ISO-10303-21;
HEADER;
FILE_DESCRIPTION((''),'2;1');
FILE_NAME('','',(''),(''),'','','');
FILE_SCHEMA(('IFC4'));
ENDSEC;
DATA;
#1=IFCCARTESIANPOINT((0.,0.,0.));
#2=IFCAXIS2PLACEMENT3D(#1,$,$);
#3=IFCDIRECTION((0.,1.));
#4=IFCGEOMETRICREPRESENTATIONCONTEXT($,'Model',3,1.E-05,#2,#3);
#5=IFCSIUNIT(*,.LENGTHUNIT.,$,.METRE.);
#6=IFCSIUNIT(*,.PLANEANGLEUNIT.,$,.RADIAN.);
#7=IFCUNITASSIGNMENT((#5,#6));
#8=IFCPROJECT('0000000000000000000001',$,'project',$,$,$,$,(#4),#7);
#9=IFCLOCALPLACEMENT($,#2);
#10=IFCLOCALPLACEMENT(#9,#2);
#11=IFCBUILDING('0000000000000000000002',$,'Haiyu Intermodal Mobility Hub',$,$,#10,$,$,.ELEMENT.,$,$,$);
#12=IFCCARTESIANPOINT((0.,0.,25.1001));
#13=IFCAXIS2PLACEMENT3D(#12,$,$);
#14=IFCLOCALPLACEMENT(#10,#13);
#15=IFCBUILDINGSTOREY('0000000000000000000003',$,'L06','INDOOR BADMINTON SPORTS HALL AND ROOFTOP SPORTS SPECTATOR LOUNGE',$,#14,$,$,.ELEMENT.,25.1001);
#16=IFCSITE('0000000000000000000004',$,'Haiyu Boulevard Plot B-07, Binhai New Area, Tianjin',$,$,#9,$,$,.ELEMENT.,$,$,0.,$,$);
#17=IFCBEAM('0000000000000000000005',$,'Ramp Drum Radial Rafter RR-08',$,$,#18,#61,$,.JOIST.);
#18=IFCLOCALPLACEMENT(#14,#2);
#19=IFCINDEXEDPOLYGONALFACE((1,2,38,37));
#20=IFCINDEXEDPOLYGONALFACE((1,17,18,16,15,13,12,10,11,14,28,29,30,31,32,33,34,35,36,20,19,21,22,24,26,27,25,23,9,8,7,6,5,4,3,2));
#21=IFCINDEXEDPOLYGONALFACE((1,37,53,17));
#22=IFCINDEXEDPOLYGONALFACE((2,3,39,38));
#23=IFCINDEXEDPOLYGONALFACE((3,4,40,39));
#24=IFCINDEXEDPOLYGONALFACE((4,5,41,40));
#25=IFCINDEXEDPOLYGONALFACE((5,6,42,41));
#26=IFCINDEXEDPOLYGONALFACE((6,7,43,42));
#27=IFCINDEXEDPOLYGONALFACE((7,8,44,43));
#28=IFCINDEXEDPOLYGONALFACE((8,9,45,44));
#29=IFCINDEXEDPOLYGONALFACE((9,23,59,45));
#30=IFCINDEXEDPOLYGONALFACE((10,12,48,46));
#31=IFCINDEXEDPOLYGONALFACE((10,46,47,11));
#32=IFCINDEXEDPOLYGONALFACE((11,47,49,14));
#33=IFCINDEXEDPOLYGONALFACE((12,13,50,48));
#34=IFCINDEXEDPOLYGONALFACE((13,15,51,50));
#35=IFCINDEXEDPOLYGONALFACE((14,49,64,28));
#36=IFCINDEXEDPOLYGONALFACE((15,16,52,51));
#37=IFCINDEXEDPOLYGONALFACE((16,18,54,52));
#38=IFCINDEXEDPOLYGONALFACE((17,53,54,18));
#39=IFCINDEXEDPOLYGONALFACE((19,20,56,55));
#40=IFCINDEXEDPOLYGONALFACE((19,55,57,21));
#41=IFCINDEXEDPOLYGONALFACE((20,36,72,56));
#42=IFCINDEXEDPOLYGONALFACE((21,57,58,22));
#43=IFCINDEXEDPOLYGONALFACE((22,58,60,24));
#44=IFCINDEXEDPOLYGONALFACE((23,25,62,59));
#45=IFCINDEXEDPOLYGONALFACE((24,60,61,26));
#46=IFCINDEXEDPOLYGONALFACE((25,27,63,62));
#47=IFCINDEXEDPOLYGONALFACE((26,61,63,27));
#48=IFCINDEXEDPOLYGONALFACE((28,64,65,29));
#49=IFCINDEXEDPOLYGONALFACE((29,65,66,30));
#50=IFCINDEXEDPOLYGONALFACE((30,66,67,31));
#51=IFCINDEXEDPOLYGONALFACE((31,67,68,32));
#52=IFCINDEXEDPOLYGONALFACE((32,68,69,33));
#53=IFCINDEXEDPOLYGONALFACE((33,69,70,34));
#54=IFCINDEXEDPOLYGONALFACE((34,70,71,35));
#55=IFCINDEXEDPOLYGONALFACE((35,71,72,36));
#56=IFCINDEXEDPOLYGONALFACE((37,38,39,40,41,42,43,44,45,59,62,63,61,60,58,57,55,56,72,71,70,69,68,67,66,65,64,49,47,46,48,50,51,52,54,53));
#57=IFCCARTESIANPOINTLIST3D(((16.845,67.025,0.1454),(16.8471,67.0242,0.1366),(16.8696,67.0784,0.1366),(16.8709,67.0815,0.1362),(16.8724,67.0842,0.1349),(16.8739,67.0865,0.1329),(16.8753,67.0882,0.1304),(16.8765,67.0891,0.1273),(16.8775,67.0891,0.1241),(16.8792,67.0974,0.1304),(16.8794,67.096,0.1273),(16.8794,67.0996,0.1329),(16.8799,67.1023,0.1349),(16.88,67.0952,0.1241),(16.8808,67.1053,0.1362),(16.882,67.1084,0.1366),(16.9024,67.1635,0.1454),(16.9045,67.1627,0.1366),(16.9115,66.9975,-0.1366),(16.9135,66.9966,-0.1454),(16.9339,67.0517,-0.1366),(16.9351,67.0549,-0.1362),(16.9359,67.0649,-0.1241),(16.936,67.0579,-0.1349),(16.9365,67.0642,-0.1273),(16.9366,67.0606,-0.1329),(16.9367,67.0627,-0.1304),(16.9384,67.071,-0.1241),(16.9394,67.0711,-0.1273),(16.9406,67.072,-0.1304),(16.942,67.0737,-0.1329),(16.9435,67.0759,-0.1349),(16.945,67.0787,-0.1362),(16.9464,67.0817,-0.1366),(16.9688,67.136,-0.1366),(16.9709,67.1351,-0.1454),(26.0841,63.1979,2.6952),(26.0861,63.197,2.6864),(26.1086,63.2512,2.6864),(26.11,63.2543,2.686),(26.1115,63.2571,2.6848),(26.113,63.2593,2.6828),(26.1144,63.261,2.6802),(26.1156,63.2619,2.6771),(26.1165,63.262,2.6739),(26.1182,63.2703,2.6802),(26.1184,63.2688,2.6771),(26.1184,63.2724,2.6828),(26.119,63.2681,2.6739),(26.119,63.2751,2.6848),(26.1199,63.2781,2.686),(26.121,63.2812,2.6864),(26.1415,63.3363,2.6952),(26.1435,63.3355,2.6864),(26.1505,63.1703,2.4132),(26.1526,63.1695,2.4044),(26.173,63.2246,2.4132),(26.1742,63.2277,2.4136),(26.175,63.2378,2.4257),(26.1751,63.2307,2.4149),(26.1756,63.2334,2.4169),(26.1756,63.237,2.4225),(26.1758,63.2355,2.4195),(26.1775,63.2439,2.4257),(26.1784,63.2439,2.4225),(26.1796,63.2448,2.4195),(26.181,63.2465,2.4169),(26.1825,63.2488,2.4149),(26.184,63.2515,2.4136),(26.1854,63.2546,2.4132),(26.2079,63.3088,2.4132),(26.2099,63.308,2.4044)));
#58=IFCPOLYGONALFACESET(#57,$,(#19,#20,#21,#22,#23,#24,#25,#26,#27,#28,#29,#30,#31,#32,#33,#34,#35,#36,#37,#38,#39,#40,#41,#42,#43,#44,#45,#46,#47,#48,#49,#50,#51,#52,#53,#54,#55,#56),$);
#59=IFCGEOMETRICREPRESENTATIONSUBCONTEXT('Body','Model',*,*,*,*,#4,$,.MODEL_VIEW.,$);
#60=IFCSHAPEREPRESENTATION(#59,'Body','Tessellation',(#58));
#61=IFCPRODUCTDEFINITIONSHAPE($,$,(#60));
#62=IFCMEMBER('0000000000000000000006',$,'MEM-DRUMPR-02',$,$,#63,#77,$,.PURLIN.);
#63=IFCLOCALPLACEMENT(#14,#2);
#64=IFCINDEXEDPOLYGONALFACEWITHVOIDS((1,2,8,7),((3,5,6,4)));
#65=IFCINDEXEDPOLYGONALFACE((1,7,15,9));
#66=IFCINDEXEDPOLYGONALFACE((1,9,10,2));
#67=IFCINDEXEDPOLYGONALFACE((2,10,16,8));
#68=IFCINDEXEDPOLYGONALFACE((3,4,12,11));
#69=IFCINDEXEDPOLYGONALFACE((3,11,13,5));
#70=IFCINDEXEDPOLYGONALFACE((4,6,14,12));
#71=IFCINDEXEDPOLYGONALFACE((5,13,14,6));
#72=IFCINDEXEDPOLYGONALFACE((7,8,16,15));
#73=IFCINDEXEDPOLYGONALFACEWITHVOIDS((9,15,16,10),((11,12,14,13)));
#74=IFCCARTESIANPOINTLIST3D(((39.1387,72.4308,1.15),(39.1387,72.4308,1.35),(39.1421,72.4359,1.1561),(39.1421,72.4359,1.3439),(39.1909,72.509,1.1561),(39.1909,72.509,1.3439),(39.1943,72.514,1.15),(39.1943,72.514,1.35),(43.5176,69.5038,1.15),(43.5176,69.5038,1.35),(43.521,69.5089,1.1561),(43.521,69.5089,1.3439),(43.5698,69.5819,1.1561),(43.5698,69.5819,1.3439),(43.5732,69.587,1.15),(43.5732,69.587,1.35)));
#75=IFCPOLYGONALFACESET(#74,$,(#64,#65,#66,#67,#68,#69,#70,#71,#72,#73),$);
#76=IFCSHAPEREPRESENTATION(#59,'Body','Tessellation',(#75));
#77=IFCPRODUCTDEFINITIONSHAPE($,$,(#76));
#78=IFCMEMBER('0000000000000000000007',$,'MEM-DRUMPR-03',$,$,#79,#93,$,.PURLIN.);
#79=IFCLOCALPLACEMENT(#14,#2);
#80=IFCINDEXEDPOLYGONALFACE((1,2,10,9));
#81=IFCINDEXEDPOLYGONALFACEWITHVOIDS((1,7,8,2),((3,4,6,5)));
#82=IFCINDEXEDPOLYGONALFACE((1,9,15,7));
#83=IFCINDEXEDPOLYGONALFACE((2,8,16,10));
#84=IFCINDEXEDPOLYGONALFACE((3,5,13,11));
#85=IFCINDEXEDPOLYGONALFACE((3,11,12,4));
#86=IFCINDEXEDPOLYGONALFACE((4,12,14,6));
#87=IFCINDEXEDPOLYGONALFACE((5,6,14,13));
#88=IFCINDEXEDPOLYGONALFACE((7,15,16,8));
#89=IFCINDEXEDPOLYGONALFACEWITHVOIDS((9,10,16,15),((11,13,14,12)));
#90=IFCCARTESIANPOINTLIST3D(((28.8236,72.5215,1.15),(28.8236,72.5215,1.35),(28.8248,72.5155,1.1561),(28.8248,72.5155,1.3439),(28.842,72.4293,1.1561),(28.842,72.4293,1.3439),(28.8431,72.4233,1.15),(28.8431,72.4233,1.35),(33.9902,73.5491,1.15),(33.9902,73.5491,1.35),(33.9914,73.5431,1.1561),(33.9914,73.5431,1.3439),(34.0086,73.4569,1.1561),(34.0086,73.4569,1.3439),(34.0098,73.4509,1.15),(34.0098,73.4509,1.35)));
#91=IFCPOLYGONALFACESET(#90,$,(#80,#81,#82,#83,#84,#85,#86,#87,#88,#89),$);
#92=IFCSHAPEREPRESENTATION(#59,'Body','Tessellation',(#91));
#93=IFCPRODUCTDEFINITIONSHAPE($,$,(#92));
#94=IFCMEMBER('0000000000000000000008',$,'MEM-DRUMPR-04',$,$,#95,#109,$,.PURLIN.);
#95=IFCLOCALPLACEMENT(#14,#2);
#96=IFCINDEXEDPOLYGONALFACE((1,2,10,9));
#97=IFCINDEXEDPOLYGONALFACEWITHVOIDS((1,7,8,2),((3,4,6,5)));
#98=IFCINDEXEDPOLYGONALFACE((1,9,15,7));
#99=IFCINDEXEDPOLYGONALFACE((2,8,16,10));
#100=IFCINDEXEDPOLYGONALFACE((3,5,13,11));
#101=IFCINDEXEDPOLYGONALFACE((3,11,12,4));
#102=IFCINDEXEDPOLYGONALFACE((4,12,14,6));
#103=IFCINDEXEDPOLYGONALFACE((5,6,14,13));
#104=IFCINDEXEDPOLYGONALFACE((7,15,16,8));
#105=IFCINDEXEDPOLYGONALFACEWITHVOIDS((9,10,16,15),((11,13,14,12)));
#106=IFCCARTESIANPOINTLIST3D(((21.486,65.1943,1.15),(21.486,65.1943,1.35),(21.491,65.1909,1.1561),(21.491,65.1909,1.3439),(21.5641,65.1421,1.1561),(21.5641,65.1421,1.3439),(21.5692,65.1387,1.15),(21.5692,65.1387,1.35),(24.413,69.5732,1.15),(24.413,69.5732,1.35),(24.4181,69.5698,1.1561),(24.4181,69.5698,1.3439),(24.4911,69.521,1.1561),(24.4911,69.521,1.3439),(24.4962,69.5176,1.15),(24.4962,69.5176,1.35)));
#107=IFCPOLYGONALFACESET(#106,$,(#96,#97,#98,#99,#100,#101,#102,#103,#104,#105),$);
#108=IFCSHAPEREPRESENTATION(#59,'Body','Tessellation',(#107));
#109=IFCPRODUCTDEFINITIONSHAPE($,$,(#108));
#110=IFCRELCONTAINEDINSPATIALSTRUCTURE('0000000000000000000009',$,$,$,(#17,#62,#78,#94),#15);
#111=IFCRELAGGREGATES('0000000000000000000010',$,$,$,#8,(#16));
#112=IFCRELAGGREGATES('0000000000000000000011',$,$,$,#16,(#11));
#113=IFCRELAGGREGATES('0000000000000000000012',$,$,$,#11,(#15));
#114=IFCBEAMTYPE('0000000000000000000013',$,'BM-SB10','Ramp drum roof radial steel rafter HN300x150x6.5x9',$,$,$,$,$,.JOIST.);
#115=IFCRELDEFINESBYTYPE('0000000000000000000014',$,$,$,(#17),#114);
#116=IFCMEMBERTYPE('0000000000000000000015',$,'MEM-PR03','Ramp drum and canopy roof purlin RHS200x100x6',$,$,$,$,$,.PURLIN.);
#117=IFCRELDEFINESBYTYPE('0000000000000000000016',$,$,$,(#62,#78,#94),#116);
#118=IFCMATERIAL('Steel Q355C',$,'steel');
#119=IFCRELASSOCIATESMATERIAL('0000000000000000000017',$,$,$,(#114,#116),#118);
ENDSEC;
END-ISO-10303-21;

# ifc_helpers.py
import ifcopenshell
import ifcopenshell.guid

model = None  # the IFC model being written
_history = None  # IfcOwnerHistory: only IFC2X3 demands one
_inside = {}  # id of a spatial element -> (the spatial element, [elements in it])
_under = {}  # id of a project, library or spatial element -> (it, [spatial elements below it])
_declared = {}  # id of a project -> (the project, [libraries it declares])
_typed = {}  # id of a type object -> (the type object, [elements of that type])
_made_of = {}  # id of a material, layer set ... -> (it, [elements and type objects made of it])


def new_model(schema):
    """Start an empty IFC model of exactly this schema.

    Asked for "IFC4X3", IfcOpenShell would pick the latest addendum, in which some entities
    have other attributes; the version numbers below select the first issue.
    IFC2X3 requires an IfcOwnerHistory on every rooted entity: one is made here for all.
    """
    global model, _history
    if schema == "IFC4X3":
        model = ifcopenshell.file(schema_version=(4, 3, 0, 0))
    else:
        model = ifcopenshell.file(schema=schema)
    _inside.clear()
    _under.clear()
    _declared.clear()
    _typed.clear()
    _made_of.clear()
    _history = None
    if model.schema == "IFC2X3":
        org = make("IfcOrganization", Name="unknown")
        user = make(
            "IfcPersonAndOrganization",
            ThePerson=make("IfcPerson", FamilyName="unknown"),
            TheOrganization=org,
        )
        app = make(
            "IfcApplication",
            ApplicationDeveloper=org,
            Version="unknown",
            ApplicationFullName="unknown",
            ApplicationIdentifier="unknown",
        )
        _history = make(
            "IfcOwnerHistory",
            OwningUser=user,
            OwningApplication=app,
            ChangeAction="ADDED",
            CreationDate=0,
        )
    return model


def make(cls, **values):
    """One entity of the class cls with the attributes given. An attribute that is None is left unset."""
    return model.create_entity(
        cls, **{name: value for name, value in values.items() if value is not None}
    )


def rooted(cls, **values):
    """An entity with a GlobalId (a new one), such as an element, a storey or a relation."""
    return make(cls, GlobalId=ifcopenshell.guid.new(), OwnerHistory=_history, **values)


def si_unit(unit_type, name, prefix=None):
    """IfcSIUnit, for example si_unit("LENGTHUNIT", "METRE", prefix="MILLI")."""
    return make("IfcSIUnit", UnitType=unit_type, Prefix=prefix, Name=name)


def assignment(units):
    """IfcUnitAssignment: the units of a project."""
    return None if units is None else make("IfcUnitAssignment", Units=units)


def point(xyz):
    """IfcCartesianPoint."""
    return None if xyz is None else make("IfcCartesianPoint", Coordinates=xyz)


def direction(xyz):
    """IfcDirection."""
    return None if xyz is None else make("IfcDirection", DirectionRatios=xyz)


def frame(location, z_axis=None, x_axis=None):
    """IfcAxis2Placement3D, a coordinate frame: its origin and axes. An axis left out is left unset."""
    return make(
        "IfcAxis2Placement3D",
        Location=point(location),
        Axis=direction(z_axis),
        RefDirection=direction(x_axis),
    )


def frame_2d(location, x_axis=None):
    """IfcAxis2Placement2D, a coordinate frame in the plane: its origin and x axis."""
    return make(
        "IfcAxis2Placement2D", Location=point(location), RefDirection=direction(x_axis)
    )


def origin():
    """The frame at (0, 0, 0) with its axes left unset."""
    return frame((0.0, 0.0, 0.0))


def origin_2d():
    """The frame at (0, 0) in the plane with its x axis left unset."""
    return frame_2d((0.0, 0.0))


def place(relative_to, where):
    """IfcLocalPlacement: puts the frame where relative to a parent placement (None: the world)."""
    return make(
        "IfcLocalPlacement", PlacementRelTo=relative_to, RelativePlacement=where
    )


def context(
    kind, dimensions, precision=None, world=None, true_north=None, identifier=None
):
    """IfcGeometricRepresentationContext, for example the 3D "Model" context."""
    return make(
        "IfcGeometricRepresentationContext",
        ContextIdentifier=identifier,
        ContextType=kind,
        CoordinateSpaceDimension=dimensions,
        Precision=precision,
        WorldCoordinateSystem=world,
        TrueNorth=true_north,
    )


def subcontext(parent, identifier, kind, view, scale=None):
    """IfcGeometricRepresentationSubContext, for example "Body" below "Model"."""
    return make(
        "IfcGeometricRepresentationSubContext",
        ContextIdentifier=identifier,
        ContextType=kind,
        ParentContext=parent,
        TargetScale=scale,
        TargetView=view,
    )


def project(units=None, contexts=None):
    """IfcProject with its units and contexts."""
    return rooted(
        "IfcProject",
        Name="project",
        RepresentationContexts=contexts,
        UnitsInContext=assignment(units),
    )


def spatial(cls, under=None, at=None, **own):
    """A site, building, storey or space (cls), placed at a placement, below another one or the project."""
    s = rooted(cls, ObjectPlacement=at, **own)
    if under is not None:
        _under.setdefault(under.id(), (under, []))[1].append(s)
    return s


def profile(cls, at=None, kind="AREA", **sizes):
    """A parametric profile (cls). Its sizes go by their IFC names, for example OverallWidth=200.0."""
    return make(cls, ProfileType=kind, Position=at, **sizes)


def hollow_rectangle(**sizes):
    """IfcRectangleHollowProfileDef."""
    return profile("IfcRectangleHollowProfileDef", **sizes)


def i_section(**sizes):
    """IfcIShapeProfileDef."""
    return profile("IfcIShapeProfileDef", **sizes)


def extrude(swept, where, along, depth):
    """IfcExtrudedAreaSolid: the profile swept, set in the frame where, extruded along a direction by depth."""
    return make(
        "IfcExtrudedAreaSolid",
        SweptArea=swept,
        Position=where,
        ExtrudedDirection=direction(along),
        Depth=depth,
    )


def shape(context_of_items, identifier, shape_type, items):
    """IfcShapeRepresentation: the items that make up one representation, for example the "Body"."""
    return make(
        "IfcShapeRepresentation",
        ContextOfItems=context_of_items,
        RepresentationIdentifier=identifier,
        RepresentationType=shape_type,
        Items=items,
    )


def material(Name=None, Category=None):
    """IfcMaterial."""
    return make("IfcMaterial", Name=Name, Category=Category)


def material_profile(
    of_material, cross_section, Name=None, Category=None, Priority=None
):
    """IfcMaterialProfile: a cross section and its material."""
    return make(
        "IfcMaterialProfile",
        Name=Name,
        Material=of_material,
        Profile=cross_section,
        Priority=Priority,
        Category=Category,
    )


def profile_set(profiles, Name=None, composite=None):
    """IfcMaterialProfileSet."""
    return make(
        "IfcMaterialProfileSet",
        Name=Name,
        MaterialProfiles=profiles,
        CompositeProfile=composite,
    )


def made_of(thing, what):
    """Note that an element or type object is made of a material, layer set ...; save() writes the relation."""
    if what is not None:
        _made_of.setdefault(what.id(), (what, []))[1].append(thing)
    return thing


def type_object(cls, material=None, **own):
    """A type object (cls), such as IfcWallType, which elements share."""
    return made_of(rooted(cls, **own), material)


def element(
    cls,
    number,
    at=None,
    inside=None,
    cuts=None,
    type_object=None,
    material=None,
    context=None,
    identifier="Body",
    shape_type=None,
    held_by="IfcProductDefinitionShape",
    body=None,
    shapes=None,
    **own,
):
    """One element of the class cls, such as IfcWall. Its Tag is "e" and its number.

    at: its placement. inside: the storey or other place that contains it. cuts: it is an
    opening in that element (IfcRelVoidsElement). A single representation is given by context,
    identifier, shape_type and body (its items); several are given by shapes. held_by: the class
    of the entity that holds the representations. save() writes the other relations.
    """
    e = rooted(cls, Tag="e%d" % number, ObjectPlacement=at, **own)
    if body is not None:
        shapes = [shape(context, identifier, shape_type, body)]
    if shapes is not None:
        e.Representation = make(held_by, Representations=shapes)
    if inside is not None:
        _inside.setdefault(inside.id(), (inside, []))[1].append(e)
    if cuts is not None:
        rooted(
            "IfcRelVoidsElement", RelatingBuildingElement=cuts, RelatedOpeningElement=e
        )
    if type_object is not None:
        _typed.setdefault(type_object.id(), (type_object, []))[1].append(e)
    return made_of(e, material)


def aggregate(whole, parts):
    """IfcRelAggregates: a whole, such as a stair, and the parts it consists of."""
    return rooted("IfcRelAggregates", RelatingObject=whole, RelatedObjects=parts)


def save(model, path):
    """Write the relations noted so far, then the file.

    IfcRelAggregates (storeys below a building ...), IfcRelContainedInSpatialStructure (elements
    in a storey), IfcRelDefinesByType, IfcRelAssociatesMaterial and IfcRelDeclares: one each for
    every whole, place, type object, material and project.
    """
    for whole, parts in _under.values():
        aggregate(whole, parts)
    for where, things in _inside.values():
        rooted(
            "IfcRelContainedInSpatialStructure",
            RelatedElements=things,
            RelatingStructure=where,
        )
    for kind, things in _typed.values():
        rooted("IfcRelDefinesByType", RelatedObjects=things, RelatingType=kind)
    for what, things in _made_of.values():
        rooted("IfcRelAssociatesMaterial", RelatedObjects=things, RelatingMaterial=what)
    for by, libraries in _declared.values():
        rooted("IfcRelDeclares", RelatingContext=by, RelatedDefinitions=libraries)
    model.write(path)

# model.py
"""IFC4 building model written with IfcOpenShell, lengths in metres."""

from ifc_helpers import new_model, si_unit, direction, frame, origin, origin_2d, place, context, subcontext, project, spatial, hollow_rectangle, i_section, extrude, material, material_profile, profile_set, type_object, element, save


model = new_model("IFC4")

# Units and contexts
model_context = context("Model", 3, precision=1e-05, world=origin(), true_north=direction((0.0, 1.0)))
body_context = subcontext(model_context, "Body", "Model", "MODEL_VIEW")
ifc_project = project(units=[si_unit("LENGTHUNIT", "METRE"), si_unit("PLANEANGLEUNIT", "RADIAN")], contexts=[model_context])

# Site, building, storey
site_placement = place(None, origin())
site = spatial("IfcSite", under=ifc_project, at=site_placement, Name="Haiyu Boulevard Plot B-07, Binhai New Area, Tianjin", CompositionType="ELEMENT", RefElevation=0.0)
building_placement = place(site_placement, origin())
building = spatial("IfcBuilding", under=site, at=building_placement, Name="Haiyu Intermodal Mobility Hub", CompositionType="ELEMENT")
storey_placement = place(building_placement, frame((0.0, 0.0, 25.1001)))
storey = spatial("IfcBuildingStorey", under=building, at=storey_placement, Name="L06", Description="INDOOR BADMINTON SPORTS HALL AND ROOFTOP SPORTS SPECTATOR LOUNGE", CompositionType="ELEMENT", Elevation=25.1001)

# Shared definitions
ifc_material_1 = material(Name="Steel Q355C", Category="steel")

# Beam
ifc_material_profile_1 = material_profile(ifc_material_1, i_section(OverallWidth=0.1499, OverallDepth=0.3, WebThickness=0.0066, FlangeThickness=0.009, FilletRadius=0.0129, at=origin_2d()), Name="HN300x150x6.5x9")
ifc_profile_set_1 = profile_set([ifc_material_profile_1], Name="Steel Q355C")
beam_type_1 = type_object("IfcBeamType", Name="BM-SB10", Description="Ramp drum roof radial steel rafter HN300x150x6.5x9", PredefinedType="JOIST", material=ifc_profile_set_1)
beam_1_placement = place(storey_placement, frame((16.908, 67.0801, 0.0), z_axis=(0.89523, -0.370838, 0.247068), x_axis=(0.382703, 0.923872, 0.0)))
element("IfcBeam", 1, at=beam_1_placement, inside=storey, type_object=beam_type_1, Name="Ramp Drum Radial Rafter RR-08", PredefinedType="JOIST", context=body_context, shape_type="SweptSolid", body=[
    extrude(i_section(OverallWidth=0.1499, OverallDepth=0.3, WebThickness=0.0066, FlangeThickness=0.009, FilletRadius=0.0129, at=origin_2d()), origin(), (0.0, 0.0, 1.0), 10.3203),
])

# Members
ifc_material_profile_2 = material_profile(ifc_material_1, hollow_rectangle(XDim=0.1001, YDim=0.2, WallThickness=0.0061, at=origin_2d()), Name="RHS200x100x6")
ifc_profile_set_2 = profile_set([ifc_material_profile_2], Name="Steel Q355C")
member_type = type_object("IfcMemberType", Name="MEM-PR03", Description="Ramp drum and canopy roof purlin RHS200x100x6", PredefinedType="PURLIN", material=ifc_profile_set_2)
member_1_placement = place(storey_placement, frame((43.5454, 69.5454, 1.25), z_axis=(-0.831372, 0.555716, 0.0), x_axis=(-0.555716, -0.831372, 0.0)))
element("IfcMember", 2, at=member_1_placement, inside=storey, type_object=member_type, Name="MEM-DRUMPR-02", PredefinedType="PURLIN", context=body_context, shape_type="SweptSolid", body=[
    extrude(hollow_rectangle(XDim=0.1001, YDim=0.2, WallThickness=0.0061, at=origin_2d()), origin(), (0.0, 0.0, 1.0), 5.2671),
])
member_2_placement = place(storey_placement, frame((34.0, 73.5, 1.25), z_axis=(-0.980789, -0.195073, 0.0), x_axis=(0.195073, -0.980789, 0.0)))
element("IfcMember", 3, at=member_2_placement, inside=storey, type_object=member_type, Name="MEM-DRUMPR-03", PredefinedType="PURLIN", context=body_context, shape_type="SweptSolid", body=[
    extrude(hollow_rectangle(XDim=0.1001, YDim=0.2, WallThickness=0.0061, at=origin_2d()), origin(), (0.0, 0.0, 1.0), 5.2678),
])
member_3_placement = place(storey_placement, frame((24.4546, 69.5454, 1.25), z_axis=(-0.555716, -0.831372, 0.0), x_axis=(0.831372, -0.555716, 0.0)))
element("IfcMember", 4, at=member_3_placement, inside=storey, type_object=member_type, Name="MEM-DRUMPR-04", PredefinedType="PURLIN", context=body_context, shape_type="SweptSolid", body=[
    extrude(hollow_rectangle(XDim=0.1001, YDim=0.2, WallThickness=0.0061, at=origin_2d()), origin(), (0.0, 0.0, 1.0), 5.2671),
])

save(model, "model.ifc")
